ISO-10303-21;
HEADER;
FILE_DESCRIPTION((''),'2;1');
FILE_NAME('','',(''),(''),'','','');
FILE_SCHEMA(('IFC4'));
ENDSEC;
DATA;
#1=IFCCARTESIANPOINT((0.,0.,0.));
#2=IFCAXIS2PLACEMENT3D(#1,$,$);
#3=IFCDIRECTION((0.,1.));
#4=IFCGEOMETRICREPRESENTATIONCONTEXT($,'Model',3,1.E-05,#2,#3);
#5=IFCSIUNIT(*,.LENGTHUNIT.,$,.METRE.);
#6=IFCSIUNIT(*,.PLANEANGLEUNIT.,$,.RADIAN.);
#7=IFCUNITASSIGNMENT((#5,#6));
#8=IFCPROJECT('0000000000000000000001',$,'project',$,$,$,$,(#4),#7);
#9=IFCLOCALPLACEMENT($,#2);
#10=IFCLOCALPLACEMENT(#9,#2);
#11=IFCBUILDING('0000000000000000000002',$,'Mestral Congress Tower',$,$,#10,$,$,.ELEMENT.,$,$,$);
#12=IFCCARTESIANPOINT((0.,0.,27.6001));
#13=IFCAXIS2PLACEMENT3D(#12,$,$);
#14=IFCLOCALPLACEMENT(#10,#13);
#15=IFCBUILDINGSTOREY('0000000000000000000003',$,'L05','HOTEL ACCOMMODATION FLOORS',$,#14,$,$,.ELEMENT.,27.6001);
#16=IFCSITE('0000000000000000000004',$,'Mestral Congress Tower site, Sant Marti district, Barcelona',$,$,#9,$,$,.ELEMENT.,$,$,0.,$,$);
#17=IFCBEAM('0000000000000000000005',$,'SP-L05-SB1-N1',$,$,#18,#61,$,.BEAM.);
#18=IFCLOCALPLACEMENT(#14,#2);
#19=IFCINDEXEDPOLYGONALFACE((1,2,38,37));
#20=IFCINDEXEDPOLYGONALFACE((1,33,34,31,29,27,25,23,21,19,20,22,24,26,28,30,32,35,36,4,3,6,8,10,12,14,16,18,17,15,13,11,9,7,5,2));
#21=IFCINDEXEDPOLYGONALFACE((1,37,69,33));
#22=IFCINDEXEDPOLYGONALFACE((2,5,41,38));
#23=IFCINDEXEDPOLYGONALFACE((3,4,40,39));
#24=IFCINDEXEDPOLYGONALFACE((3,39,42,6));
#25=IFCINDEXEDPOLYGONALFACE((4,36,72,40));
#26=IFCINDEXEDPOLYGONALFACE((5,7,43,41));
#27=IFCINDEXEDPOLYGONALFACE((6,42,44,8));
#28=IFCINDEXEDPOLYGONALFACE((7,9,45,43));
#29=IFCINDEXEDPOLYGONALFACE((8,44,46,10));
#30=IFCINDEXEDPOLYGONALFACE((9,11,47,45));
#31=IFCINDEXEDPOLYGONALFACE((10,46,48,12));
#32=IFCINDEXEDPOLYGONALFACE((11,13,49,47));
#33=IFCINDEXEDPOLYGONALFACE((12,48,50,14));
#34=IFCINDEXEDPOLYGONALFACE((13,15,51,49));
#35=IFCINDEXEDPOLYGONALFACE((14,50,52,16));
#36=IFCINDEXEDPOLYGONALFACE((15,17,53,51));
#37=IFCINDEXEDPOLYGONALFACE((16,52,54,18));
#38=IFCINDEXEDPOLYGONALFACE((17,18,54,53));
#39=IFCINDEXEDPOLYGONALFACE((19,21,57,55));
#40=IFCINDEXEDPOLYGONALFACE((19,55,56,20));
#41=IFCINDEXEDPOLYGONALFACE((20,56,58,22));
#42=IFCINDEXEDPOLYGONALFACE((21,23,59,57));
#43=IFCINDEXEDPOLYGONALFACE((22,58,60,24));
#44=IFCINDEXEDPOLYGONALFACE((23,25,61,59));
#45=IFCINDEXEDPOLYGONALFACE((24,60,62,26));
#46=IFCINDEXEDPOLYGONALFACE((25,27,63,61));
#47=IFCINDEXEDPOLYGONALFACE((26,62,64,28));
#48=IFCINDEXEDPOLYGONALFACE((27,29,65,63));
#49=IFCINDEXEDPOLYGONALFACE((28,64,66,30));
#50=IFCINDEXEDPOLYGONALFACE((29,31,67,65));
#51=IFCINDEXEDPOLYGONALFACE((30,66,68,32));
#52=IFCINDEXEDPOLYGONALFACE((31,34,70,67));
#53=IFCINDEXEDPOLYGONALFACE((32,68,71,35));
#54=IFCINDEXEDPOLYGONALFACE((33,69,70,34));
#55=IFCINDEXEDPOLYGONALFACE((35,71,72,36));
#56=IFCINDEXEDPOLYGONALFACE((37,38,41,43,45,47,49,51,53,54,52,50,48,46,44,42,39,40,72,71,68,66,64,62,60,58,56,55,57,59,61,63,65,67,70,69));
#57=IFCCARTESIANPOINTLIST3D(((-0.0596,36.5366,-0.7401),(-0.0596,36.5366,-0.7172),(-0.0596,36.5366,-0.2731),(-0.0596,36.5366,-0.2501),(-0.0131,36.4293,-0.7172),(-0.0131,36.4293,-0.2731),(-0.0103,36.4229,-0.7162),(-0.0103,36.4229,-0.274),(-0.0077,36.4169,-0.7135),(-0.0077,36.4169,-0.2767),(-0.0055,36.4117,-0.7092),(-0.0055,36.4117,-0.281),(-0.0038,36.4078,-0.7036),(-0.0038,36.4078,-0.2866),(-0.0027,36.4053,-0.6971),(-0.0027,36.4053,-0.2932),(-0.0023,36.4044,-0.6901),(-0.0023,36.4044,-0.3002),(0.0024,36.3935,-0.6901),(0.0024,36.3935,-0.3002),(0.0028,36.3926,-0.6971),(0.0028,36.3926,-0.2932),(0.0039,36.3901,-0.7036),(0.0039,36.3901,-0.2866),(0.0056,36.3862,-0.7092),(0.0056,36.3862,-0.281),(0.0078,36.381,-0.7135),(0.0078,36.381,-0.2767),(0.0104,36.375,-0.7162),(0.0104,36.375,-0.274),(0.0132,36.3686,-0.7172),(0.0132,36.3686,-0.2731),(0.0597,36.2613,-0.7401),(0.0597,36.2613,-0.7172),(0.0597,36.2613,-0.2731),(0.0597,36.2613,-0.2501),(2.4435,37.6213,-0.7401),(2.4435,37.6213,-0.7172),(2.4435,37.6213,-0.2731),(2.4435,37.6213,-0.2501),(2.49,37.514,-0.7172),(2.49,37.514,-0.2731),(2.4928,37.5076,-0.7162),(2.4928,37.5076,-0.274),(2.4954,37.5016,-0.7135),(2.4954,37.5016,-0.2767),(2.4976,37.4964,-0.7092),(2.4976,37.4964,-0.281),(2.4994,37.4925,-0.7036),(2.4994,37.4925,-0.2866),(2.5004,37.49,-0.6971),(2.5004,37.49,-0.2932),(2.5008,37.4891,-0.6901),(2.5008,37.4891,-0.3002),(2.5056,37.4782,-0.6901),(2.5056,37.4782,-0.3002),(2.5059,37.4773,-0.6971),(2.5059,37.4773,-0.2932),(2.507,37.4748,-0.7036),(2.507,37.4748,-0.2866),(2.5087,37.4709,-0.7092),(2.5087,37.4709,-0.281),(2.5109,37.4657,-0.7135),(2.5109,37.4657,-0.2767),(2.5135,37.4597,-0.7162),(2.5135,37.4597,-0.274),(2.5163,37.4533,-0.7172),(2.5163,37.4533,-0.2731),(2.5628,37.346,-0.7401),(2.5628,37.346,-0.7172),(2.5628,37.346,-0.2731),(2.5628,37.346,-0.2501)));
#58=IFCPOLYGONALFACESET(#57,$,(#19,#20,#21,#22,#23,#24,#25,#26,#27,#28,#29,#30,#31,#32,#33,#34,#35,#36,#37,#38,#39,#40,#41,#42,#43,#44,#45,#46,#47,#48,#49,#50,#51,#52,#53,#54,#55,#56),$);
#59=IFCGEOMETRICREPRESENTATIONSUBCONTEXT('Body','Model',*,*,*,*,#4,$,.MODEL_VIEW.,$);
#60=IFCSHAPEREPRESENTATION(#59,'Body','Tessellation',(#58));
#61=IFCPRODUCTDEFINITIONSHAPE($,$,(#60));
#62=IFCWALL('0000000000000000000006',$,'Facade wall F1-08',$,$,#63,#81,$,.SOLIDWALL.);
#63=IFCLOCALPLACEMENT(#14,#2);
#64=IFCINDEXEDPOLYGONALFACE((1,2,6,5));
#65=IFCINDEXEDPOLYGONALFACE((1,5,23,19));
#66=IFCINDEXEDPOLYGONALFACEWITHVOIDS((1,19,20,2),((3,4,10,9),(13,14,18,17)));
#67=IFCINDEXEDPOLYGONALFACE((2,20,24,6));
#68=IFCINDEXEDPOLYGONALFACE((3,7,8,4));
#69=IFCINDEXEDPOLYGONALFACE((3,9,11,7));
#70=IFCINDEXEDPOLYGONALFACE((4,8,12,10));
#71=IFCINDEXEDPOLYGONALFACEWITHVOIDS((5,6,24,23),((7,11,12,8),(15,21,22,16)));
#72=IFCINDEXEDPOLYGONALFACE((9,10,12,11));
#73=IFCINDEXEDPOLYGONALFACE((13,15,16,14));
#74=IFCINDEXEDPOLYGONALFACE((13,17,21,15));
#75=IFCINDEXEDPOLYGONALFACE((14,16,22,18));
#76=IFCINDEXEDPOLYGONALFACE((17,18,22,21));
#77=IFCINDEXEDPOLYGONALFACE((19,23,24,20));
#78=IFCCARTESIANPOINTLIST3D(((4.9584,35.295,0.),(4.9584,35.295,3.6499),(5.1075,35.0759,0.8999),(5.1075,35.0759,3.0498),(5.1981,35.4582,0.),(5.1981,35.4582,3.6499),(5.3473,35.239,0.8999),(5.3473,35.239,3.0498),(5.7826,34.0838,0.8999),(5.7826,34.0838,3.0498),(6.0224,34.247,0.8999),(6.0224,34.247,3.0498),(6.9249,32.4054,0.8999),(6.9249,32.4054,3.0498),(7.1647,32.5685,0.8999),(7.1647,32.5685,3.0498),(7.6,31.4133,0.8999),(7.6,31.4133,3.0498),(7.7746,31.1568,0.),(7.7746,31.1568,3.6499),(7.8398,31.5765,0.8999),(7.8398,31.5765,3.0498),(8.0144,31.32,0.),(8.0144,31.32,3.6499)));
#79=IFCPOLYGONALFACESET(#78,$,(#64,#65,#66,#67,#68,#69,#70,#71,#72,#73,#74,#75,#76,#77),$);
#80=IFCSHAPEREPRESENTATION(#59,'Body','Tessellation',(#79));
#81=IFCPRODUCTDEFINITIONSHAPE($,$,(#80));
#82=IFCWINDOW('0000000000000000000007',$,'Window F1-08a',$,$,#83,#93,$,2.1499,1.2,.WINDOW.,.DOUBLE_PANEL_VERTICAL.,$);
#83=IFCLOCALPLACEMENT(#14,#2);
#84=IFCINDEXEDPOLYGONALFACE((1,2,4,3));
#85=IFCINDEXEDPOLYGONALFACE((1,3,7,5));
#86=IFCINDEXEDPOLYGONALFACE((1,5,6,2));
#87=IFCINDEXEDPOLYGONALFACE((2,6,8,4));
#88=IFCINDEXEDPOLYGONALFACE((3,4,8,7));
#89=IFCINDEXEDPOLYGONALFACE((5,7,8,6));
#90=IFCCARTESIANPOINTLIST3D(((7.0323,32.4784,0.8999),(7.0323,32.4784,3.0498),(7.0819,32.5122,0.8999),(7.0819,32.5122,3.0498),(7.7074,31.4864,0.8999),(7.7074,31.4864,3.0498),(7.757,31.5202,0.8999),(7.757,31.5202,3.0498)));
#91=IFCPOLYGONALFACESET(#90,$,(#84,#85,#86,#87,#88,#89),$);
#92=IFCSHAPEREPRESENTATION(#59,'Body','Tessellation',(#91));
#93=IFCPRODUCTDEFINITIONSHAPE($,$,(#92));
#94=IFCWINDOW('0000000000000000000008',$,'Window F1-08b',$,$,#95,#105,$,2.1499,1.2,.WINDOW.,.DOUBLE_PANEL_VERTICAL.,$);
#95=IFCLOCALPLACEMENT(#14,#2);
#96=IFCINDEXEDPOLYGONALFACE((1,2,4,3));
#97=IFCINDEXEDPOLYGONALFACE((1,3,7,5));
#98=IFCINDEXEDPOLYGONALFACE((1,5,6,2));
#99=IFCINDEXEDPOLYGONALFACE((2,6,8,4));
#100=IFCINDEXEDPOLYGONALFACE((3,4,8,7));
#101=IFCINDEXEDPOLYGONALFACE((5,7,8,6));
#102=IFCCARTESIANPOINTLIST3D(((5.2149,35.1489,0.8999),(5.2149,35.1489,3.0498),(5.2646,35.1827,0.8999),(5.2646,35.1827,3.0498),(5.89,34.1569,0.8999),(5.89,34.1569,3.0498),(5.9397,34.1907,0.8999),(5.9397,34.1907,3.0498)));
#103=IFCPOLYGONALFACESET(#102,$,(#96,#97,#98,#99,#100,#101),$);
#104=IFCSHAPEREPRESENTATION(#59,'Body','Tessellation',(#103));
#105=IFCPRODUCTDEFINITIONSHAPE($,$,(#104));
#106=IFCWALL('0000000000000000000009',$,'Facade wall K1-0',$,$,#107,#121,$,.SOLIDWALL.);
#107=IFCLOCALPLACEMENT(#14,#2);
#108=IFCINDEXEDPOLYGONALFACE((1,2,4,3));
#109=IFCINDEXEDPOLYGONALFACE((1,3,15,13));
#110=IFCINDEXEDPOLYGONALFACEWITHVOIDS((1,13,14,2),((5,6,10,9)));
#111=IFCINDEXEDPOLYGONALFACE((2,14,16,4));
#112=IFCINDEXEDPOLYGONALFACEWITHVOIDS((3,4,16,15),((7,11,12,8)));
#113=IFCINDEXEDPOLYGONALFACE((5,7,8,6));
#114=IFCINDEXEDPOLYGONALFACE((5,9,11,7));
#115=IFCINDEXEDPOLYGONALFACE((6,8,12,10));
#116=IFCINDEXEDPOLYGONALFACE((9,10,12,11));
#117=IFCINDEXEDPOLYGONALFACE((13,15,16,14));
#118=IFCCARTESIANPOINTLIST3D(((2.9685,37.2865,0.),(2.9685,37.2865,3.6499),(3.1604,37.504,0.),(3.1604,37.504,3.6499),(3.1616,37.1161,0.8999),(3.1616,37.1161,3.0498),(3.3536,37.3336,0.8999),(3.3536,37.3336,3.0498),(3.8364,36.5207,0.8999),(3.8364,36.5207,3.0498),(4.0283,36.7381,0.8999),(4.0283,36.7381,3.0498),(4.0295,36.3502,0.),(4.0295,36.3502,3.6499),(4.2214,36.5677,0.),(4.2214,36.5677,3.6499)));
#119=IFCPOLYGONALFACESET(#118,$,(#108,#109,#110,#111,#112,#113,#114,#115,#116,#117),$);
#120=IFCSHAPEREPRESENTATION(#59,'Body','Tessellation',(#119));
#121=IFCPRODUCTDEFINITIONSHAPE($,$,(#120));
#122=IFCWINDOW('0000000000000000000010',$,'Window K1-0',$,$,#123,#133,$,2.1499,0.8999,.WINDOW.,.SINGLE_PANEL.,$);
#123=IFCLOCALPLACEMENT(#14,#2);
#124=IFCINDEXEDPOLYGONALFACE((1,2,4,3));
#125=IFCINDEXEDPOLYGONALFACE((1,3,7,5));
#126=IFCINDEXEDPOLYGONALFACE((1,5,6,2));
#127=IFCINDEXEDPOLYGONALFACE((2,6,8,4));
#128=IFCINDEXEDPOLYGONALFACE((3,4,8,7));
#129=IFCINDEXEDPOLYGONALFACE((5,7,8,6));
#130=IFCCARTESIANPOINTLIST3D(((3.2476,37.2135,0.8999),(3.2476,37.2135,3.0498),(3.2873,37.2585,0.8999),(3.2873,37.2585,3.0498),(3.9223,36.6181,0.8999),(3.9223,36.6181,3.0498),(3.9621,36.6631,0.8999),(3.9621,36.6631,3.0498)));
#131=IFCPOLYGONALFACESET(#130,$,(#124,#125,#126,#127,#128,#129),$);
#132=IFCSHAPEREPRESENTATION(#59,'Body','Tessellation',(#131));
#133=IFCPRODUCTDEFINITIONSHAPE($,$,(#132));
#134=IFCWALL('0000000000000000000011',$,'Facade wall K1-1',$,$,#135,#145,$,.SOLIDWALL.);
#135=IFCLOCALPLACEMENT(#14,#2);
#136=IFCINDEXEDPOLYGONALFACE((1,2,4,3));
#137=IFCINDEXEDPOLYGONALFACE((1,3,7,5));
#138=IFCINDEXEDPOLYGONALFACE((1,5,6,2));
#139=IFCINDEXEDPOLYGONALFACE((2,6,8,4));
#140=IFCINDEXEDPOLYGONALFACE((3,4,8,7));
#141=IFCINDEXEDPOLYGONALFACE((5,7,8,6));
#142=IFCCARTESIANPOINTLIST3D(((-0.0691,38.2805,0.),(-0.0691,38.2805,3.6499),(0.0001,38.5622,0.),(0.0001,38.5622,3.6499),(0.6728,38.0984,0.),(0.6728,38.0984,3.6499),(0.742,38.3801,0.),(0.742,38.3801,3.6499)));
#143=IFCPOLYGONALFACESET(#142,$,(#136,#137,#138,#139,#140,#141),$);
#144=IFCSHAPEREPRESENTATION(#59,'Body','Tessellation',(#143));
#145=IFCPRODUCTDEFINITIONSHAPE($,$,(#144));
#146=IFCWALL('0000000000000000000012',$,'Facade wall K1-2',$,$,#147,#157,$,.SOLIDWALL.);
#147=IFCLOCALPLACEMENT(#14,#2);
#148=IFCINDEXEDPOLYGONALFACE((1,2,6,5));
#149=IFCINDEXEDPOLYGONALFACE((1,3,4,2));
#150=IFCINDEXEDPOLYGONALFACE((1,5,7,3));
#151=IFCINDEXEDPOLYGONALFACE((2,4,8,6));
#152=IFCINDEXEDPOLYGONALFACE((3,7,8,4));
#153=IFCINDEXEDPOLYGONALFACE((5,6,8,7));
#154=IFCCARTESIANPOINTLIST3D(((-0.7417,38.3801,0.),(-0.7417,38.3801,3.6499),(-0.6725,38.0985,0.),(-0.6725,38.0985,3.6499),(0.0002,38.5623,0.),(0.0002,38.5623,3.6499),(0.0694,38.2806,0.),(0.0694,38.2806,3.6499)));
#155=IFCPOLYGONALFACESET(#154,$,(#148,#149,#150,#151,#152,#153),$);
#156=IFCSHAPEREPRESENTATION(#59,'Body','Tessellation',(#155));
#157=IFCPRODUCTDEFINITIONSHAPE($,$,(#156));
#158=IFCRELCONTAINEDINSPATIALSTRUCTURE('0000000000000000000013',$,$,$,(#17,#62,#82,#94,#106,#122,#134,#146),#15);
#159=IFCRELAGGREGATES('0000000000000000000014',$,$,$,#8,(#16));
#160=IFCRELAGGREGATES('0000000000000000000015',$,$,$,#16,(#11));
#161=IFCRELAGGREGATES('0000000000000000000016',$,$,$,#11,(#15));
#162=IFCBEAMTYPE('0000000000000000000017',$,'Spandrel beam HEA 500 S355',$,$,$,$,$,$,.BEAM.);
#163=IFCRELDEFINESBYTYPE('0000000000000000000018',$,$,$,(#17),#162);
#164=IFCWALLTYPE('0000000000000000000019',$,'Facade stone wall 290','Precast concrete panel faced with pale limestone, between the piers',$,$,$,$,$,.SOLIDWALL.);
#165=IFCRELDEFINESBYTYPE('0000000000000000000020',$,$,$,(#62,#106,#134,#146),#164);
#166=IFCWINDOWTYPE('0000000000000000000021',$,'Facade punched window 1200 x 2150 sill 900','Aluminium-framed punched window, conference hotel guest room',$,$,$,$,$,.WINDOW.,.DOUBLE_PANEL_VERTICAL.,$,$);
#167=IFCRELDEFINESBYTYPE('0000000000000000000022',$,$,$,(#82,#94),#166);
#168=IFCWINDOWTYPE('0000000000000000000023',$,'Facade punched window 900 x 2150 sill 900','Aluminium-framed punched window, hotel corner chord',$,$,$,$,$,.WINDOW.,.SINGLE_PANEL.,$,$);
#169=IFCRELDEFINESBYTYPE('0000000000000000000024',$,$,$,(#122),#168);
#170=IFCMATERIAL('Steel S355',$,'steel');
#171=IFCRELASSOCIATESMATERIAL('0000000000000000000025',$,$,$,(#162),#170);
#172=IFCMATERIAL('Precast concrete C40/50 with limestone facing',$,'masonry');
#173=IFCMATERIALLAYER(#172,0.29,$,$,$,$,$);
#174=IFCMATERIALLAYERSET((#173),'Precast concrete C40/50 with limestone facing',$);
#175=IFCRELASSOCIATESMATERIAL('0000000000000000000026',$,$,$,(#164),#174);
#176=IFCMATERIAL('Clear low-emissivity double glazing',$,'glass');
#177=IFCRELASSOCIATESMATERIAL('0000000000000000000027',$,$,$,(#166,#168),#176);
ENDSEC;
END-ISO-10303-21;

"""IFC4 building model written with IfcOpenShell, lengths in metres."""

from ifc_helpers import new_model, si_unit, direction, frame, frame_2d, origin, origin_2d, place, context, subcontext, project, spatial, rectangle, i_section, extrude, material, layer, layer_set, material_profile, profile_set, type_object, element, fill, save


model = new_model("IFC4")

# Units and contexts
model_context = context("Model", 3, precision=1e-05, world=origin(), true_north=direction((0.0, 1.0)))
body_context = subcontext(model_context, "Body", "Model", "MODEL_VIEW")
ifc_project = project(units=[si_unit("LENGTHUNIT", "METRE"), si_unit("PLANEANGLEUNIT", "RADIAN")], contexts=[model_context])

# Site, building, storey
site_placement = place(None, origin())
site = spatial("IfcSite", under=ifc_project, at=site_placement, Name="Mestral Congress Tower site, Sant Marti district, Barcelona", CompositionType="ELEMENT", RefElevation=0.0)
building_placement = place(site_placement, origin())
building = spatial("IfcBuilding", under=site, at=building_placement, Name="Mestral Congress Tower", CompositionType="ELEMENT")
storey_placement = place(building_placement, frame((0.0, 0.0, 27.6001)))
storey = spatial("IfcBuildingStorey", under=building, at=storey_placement, Name="L05", Description="HOTEL ACCOMMODATION FLOORS", CompositionType="ELEMENT", Elevation=27.6001)

# Beam
ifc_material_1 = material(Name="Steel S355", Category="steel")
ifc_material_profile_1 = material_profile(ifc_material_1, i_section(OverallWidth=0.3, OverallDepth=0.49, WebThickness=0.012, FlangeThickness=0.0229, FilletRadius=0.0271, at=origin_2d()), Name="HEA 500")
ifc_profile_set_1 = profile_set([ifc_material_profile_1], Name="Steel S355")
beam_type_1 = type_object("IfcBeamType", Name="Spandrel beam HEA 500 S355", PredefinedType="BEAM", material=ifc_profile_set_1)
beam_1_placement = place(storey_placement, frame((2.5032, 37.4836, -0.4951), z_axis=(-0.917555, -0.39761, 0.0), x_axis=(0.39761, -0.917555, 0.0)))
element("IfcBeam", 1, at=beam_1_placement, inside=storey, type_object=beam_type_1, Name="SP-L05-SB1-N1", PredefinedType="BEAM", context=body_context, shape_type="SweptSolid", body=[
    extrude(i_section(OverallWidth=0.3, OverallDepth=0.49, WebThickness=0.012, FlangeThickness=0.0229, FilletRadius=0.0271, at=origin_2d()), origin(), (0.0, 0.0, 1.0), 2.728),
])

# Wall, openings, windows
ifc_material_2 = material(Name="Precast concrete C40/50 with limestone facing", Category="masonry")
ifc_layer_1 = layer(ifc_material_2, 0.29)
ifc_layer_set_1 = layer_set([ifc_layer_1], Name="Precast concrete C40/50 with limestone facing")
wall_type_1 = type_object("IfcWallType", Name="Facade stone wall 290", Description="Precast concrete panel faced with pale limestone, between the piers", PredefinedType="SOLIDWALL", material=ifc_layer_set_1)
wall_1_placement = place(storey_placement, frame((7.8945, 31.2383, 0.0), z_axis=(0.0, 0.0, 1.0), x_axis=(-0.56261, 0.826722, 0.0)))
wall_1 = element("IfcWall", 2, at=wall_1_placement, inside=storey, type_object=wall_type_1, Name="Facade wall F1-08", PredefinedType="SOLIDWALL", context=body_context, shape_type="SweptSolid", body=[
    extrude(rectangle(XDim=5.0056, YDim=0.29, at=frame_2d((2.5029, 0.0))), origin(), (0.0, 0.0, 1.0), 3.6499),
])
opening_1_placement = place(wall_1_placement, frame((0.3103, 0.0, 0.8999)))
opening_1 = element("IfcOpeningElement", 3, at=opening_1_placement, cuts=wall_1, PredefinedType="OPENING", context=body_context, shape_type="SweptSolid", body=[
    extrude(rectangle(XDim=1.2, YDim=2.1499, at=frame_2d((0.6001, 1.075))), frame((0.0, 0.155, 0.0), z_axis=(0.0, -1.0, 0.0), x_axis=(1.0, 0.0, 0.0)), (0.0, 0.0, 1.0), 0.3101),
])
opening_2_placement = place(wall_1_placement, frame((3.5405, 0.0, 0.8999)))
opening_2 = element("IfcOpeningElement", 4, at=opening_2_placement, cuts=wall_1, PredefinedType="OPENING", context=body_context, shape_type="SweptSolid", body=[
    extrude(rectangle(XDim=1.2, YDim=2.1499, at=frame_2d((0.6001, 1.075))), frame((0.0, 0.155, 0.0), z_axis=(0.0, -1.0, 0.0), x_axis=(1.0, 0.0, 0.0)), (0.0, 0.0, 1.0), 0.3101),
])
ifc_material_3 = material(Name="Clear low-emissivity double glazing", Category="glass")
window_type_1 = type_object("IfcWindowType", Name="Facade punched window 1200 x 2150 sill 900", Description="Aluminium-framed punched window, conference hotel guest room", PartitioningType="DOUBLE_PANEL_VERTICAL", PredefinedType="WINDOW", material=ifc_material_3)
window_1_placement = place(opening_1_placement, origin())
window_1 = element("IfcWindow", 5, at=window_1_placement, inside=storey, type_object=window_type_1, Name="Window F1-08a", OverallHeight=2.1499, OverallWidth=1.2, PartitioningType="DOUBLE_PANEL_VERTICAL", PredefinedType="WINDOW", context=body_context, shape_type="SweptSolid", body=[
    extrude(rectangle(XDim=1.2, YDim=2.1499, at=frame_2d((0.6001, 1.075))), frame((0.0, 0.0151, 0.0), z_axis=(0.0, -1.0, 0.0), x_axis=(1.0, 0.0, 0.0)), (0.0, 0.0, 1.0), 0.0601),
])
fill(opening_1, window_1)
window_2_placement = place(opening_2_placement, origin())
window_2 = element("IfcWindow", 6, at=window_2_placement, inside=storey, type_object=window_type_1, Name="Window F1-08b", OverallHeight=2.1499, OverallWidth=1.2, PartitioningType="DOUBLE_PANEL_VERTICAL", PredefinedType="WINDOW", context=body_context, shape_type="SweptSolid", body=[
    extrude(rectangle(XDim=1.2, YDim=2.1499, at=frame_2d((0.6001, 1.075))), frame((0.0, 0.0151, 0.0), z_axis=(0.0, -1.0, 0.0), x_axis=(1.0, 0.0, 0.0)), (0.0, 0.0, 1.0), 0.0601),
])
fill(opening_2, window_2)

# Wall, opening, window
wall_2_placement = place(storey_placement, frame((4.1255, 36.459, 0.0), z_axis=(0.0, 0.0, 1.0), x_axis=(-0.749813, 0.66165, 0.0)))
wall_2 = element("IfcWall", 7, at=wall_2_placement, inside=storey, type_object=wall_type_1, Name="Facade wall K1-0", PredefinedType="SOLIDWALL", context=body_context, shape_type="SweptSolid", body=[
    extrude(rectangle(XDim=1.415, YDim=0.29, at=frame_2d((0.7075, 0.0))), origin(), (0.0, 0.0, 1.0), 3.6499),
])
opening_3_placement = place(wall_2_placement, frame((0.2576, 0.0, 0.8999)))
opening_3 = element("IfcOpeningElement", 8, at=opening_3_placement, cuts=wall_2, PredefinedType="OPENING", context=body_context, shape_type="SweptSolid", body=[
    extrude(rectangle(XDim=0.8999, YDim=2.1499, at=frame_2d((0.45, 1.075))), frame((0.0, 0.155, 0.0), z_axis=(0.0, -1.0, 0.0), x_axis=(1.0, 0.0, 0.0)), (0.0, 0.0, 1.0), 0.3101),
])
window_type_2 = type_object("IfcWindowType", Name="Facade punched window 900 x 2150 sill 900", Description="Aluminium-framed punched window, hotel corner chord", PartitioningType="SINGLE_PANEL", PredefinedType="WINDOW", material=ifc_material_3)
window_3_placement = place(opening_3_placement, origin())
window_3 = element("IfcWindow", 9, at=window_3_placement, inside=storey, type_object=window_type_2, Name="Window K1-0", OverallHeight=2.1499, OverallWidth=0.8999, PartitioningType="SINGLE_PANEL", PredefinedType="WINDOW", context=body_context, shape_type="SweptSolid", body=[
    extrude(rectangle(XDim=0.8999, YDim=2.1499, at=frame_2d((0.45, 1.075))), frame((0.0, 0.0151, 0.0), z_axis=(0.0, -1.0, 0.0), x_axis=(1.0, 0.0, 0.0)), (0.0, 0.0, 1.0), 0.0601),
])
fill(opening_3, window_3)

# Walls
for number, where, z_axis, x_axis, name in (
    (10, (0.7073, 38.2393, 0.0), (0.0, 0.0, 1.0), (-0.971168, 0.238398, 0.0), "Facade wall K1-1"),
    (11, (0.0347, 38.4214, 0.0), (0.0, 0.0, 1.0), (-0.971168, -0.238398, 0.0), "Facade wall K1-2"),
):
    element("IfcWall", number, at=place(storey_placement, frame(where, z_axis=z_axis, x_axis=x_axis)), inside=storey, type_object=wall_type_1, Name=name, PredefinedType="SOLIDWALL", context=body_context, shape_type="SweptSolid", body=[
        extrude(rectangle(XDim=0.7639, YDim=0.29, at=frame_2d((0.3818, 0.0))), origin(), (0.0, 0.0, 1.0), 3.6499),
    ])

save(model, "model.ifc")
